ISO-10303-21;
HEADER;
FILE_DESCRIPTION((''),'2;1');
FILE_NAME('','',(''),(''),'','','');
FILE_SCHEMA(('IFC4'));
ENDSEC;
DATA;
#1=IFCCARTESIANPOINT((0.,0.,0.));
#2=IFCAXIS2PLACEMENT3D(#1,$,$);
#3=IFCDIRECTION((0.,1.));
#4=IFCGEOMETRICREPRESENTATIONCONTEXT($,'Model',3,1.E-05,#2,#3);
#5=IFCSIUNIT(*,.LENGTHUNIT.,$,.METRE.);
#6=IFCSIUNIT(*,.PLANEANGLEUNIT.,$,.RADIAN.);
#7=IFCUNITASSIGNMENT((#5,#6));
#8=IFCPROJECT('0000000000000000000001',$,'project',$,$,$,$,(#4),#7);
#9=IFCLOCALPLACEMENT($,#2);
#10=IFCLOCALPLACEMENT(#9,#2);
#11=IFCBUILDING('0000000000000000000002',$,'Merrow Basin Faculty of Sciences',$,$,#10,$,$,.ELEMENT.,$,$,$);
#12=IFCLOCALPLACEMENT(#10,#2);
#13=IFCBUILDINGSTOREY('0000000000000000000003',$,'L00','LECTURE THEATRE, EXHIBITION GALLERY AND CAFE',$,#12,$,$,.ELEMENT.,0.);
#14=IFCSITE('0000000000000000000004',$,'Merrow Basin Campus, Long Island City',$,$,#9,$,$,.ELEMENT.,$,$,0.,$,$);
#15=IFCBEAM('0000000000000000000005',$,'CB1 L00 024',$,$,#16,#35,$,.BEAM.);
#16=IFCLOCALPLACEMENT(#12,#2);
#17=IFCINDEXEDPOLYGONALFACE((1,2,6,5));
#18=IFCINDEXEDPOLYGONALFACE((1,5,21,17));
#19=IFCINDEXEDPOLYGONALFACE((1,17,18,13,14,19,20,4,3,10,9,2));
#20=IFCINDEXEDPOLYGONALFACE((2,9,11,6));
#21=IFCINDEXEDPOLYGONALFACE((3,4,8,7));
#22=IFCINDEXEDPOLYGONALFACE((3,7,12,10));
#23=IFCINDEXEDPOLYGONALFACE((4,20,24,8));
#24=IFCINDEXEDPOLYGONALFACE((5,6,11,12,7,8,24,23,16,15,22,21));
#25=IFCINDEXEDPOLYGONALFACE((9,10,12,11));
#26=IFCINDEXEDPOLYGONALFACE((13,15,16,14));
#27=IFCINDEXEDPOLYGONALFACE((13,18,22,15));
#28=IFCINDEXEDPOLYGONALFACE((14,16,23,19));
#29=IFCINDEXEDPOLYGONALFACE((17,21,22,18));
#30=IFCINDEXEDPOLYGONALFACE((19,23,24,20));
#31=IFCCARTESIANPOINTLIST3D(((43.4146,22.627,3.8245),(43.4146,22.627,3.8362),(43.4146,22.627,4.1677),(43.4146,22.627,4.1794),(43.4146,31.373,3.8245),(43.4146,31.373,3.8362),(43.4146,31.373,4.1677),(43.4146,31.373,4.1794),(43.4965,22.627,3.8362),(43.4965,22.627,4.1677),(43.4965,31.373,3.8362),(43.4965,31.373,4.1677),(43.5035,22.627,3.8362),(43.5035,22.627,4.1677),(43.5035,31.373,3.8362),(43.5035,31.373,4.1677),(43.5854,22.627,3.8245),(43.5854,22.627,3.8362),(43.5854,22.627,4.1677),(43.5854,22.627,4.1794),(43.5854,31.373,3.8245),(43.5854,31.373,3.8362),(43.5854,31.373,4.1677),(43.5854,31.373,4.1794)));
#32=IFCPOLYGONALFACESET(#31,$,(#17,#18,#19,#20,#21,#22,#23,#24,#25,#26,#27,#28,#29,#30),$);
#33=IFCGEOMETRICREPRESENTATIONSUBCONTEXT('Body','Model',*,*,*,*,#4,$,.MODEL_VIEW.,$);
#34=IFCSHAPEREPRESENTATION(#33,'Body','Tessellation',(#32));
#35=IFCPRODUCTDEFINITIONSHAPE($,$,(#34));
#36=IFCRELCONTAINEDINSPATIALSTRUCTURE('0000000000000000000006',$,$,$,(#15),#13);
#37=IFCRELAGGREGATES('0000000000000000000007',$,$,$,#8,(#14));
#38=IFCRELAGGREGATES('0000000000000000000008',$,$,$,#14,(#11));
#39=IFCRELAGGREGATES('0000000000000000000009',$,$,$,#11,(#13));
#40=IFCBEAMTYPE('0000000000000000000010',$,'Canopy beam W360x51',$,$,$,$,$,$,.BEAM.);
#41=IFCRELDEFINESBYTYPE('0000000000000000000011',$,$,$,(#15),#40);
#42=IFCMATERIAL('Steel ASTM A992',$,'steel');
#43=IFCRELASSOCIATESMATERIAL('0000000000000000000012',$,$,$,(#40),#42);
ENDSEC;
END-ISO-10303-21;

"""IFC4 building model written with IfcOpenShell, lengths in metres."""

from ifc_helpers import new_model, si_unit, direction, frame, origin, origin_2d, place, context, subcontext, project, spatial, i_section, extrude, material, material_profile, profile_set, type_object, element, save


model = new_model("IFC4")

# Units and contexts
model_context = context("Model", 3, precision=1e-05, world=origin(), true_north=direction((0.0, 1.0)))
body_context = subcontext(model_context, "Body", "Model", "MODEL_VIEW")
ifc_project = project(units=[si_unit("LENGTHUNIT", "METRE"), si_unit("PLANEANGLEUNIT", "RADIAN")], contexts=[model_context])

# Site, building, storey
site_placement = place(None, origin())
site = spatial("IfcSite", under=ifc_project, at=site_placement, Name="Merrow Basin Campus, Long Island City", CompositionType="ELEMENT", RefElevation=0.0)
building_placement = place(site_placement, origin())
building = spatial("IfcBuilding", under=site, at=building_placement, Name="Merrow Basin Faculty of Sciences", CompositionType="ELEMENT")
storey_placement = place(building_placement, origin())
storey = spatial("IfcBuildingStorey", under=building, at=storey_placement, Name="L00", Description="LECTURE THEATRE, EXHIBITION GALLERY AND CAFE", CompositionType="ELEMENT", Elevation=0.0)

# Beam
ifc_material_1 = material(Name="Steel ASTM A992", Category="steel")
ifc_material_profile_1 = material_profile(ifc_material_1, i_section(OverallWidth=0.1709, OverallDepth=0.355, WebThickness=0.0071, FlangeThickness=0.0117, at=origin_2d()))
ifc_profile_set_1 = profile_set([ifc_material_profile_1], Name="Steel ASTM A992")
beam_type = type_object("IfcBeamType", Name="Canopy beam W360x51", PredefinedType="BEAM", material=ifc_profile_set_1)
beam_placement = place(storey_placement, frame((43.5, 22.627, 4.002), z_axis=(0.0, 1.0, 0.0), x_axis=(-1.0, 0.0, 0.0)))
element("IfcBeam", 1, at=beam_placement, inside=storey, type_object=beam_type, Name="CB1 L00 024", PredefinedType="BEAM", context=body_context, shape_type="SweptSolid", body=[
    extrude(i_section(OverallWidth=0.1709, OverallDepth=0.355, WebThickness=0.0071, FlangeThickness=0.0117, at=origin_2d()), origin(), (0.0, 0.0, 1.0), 8.7461),
])

save(model, "model.ifc")
